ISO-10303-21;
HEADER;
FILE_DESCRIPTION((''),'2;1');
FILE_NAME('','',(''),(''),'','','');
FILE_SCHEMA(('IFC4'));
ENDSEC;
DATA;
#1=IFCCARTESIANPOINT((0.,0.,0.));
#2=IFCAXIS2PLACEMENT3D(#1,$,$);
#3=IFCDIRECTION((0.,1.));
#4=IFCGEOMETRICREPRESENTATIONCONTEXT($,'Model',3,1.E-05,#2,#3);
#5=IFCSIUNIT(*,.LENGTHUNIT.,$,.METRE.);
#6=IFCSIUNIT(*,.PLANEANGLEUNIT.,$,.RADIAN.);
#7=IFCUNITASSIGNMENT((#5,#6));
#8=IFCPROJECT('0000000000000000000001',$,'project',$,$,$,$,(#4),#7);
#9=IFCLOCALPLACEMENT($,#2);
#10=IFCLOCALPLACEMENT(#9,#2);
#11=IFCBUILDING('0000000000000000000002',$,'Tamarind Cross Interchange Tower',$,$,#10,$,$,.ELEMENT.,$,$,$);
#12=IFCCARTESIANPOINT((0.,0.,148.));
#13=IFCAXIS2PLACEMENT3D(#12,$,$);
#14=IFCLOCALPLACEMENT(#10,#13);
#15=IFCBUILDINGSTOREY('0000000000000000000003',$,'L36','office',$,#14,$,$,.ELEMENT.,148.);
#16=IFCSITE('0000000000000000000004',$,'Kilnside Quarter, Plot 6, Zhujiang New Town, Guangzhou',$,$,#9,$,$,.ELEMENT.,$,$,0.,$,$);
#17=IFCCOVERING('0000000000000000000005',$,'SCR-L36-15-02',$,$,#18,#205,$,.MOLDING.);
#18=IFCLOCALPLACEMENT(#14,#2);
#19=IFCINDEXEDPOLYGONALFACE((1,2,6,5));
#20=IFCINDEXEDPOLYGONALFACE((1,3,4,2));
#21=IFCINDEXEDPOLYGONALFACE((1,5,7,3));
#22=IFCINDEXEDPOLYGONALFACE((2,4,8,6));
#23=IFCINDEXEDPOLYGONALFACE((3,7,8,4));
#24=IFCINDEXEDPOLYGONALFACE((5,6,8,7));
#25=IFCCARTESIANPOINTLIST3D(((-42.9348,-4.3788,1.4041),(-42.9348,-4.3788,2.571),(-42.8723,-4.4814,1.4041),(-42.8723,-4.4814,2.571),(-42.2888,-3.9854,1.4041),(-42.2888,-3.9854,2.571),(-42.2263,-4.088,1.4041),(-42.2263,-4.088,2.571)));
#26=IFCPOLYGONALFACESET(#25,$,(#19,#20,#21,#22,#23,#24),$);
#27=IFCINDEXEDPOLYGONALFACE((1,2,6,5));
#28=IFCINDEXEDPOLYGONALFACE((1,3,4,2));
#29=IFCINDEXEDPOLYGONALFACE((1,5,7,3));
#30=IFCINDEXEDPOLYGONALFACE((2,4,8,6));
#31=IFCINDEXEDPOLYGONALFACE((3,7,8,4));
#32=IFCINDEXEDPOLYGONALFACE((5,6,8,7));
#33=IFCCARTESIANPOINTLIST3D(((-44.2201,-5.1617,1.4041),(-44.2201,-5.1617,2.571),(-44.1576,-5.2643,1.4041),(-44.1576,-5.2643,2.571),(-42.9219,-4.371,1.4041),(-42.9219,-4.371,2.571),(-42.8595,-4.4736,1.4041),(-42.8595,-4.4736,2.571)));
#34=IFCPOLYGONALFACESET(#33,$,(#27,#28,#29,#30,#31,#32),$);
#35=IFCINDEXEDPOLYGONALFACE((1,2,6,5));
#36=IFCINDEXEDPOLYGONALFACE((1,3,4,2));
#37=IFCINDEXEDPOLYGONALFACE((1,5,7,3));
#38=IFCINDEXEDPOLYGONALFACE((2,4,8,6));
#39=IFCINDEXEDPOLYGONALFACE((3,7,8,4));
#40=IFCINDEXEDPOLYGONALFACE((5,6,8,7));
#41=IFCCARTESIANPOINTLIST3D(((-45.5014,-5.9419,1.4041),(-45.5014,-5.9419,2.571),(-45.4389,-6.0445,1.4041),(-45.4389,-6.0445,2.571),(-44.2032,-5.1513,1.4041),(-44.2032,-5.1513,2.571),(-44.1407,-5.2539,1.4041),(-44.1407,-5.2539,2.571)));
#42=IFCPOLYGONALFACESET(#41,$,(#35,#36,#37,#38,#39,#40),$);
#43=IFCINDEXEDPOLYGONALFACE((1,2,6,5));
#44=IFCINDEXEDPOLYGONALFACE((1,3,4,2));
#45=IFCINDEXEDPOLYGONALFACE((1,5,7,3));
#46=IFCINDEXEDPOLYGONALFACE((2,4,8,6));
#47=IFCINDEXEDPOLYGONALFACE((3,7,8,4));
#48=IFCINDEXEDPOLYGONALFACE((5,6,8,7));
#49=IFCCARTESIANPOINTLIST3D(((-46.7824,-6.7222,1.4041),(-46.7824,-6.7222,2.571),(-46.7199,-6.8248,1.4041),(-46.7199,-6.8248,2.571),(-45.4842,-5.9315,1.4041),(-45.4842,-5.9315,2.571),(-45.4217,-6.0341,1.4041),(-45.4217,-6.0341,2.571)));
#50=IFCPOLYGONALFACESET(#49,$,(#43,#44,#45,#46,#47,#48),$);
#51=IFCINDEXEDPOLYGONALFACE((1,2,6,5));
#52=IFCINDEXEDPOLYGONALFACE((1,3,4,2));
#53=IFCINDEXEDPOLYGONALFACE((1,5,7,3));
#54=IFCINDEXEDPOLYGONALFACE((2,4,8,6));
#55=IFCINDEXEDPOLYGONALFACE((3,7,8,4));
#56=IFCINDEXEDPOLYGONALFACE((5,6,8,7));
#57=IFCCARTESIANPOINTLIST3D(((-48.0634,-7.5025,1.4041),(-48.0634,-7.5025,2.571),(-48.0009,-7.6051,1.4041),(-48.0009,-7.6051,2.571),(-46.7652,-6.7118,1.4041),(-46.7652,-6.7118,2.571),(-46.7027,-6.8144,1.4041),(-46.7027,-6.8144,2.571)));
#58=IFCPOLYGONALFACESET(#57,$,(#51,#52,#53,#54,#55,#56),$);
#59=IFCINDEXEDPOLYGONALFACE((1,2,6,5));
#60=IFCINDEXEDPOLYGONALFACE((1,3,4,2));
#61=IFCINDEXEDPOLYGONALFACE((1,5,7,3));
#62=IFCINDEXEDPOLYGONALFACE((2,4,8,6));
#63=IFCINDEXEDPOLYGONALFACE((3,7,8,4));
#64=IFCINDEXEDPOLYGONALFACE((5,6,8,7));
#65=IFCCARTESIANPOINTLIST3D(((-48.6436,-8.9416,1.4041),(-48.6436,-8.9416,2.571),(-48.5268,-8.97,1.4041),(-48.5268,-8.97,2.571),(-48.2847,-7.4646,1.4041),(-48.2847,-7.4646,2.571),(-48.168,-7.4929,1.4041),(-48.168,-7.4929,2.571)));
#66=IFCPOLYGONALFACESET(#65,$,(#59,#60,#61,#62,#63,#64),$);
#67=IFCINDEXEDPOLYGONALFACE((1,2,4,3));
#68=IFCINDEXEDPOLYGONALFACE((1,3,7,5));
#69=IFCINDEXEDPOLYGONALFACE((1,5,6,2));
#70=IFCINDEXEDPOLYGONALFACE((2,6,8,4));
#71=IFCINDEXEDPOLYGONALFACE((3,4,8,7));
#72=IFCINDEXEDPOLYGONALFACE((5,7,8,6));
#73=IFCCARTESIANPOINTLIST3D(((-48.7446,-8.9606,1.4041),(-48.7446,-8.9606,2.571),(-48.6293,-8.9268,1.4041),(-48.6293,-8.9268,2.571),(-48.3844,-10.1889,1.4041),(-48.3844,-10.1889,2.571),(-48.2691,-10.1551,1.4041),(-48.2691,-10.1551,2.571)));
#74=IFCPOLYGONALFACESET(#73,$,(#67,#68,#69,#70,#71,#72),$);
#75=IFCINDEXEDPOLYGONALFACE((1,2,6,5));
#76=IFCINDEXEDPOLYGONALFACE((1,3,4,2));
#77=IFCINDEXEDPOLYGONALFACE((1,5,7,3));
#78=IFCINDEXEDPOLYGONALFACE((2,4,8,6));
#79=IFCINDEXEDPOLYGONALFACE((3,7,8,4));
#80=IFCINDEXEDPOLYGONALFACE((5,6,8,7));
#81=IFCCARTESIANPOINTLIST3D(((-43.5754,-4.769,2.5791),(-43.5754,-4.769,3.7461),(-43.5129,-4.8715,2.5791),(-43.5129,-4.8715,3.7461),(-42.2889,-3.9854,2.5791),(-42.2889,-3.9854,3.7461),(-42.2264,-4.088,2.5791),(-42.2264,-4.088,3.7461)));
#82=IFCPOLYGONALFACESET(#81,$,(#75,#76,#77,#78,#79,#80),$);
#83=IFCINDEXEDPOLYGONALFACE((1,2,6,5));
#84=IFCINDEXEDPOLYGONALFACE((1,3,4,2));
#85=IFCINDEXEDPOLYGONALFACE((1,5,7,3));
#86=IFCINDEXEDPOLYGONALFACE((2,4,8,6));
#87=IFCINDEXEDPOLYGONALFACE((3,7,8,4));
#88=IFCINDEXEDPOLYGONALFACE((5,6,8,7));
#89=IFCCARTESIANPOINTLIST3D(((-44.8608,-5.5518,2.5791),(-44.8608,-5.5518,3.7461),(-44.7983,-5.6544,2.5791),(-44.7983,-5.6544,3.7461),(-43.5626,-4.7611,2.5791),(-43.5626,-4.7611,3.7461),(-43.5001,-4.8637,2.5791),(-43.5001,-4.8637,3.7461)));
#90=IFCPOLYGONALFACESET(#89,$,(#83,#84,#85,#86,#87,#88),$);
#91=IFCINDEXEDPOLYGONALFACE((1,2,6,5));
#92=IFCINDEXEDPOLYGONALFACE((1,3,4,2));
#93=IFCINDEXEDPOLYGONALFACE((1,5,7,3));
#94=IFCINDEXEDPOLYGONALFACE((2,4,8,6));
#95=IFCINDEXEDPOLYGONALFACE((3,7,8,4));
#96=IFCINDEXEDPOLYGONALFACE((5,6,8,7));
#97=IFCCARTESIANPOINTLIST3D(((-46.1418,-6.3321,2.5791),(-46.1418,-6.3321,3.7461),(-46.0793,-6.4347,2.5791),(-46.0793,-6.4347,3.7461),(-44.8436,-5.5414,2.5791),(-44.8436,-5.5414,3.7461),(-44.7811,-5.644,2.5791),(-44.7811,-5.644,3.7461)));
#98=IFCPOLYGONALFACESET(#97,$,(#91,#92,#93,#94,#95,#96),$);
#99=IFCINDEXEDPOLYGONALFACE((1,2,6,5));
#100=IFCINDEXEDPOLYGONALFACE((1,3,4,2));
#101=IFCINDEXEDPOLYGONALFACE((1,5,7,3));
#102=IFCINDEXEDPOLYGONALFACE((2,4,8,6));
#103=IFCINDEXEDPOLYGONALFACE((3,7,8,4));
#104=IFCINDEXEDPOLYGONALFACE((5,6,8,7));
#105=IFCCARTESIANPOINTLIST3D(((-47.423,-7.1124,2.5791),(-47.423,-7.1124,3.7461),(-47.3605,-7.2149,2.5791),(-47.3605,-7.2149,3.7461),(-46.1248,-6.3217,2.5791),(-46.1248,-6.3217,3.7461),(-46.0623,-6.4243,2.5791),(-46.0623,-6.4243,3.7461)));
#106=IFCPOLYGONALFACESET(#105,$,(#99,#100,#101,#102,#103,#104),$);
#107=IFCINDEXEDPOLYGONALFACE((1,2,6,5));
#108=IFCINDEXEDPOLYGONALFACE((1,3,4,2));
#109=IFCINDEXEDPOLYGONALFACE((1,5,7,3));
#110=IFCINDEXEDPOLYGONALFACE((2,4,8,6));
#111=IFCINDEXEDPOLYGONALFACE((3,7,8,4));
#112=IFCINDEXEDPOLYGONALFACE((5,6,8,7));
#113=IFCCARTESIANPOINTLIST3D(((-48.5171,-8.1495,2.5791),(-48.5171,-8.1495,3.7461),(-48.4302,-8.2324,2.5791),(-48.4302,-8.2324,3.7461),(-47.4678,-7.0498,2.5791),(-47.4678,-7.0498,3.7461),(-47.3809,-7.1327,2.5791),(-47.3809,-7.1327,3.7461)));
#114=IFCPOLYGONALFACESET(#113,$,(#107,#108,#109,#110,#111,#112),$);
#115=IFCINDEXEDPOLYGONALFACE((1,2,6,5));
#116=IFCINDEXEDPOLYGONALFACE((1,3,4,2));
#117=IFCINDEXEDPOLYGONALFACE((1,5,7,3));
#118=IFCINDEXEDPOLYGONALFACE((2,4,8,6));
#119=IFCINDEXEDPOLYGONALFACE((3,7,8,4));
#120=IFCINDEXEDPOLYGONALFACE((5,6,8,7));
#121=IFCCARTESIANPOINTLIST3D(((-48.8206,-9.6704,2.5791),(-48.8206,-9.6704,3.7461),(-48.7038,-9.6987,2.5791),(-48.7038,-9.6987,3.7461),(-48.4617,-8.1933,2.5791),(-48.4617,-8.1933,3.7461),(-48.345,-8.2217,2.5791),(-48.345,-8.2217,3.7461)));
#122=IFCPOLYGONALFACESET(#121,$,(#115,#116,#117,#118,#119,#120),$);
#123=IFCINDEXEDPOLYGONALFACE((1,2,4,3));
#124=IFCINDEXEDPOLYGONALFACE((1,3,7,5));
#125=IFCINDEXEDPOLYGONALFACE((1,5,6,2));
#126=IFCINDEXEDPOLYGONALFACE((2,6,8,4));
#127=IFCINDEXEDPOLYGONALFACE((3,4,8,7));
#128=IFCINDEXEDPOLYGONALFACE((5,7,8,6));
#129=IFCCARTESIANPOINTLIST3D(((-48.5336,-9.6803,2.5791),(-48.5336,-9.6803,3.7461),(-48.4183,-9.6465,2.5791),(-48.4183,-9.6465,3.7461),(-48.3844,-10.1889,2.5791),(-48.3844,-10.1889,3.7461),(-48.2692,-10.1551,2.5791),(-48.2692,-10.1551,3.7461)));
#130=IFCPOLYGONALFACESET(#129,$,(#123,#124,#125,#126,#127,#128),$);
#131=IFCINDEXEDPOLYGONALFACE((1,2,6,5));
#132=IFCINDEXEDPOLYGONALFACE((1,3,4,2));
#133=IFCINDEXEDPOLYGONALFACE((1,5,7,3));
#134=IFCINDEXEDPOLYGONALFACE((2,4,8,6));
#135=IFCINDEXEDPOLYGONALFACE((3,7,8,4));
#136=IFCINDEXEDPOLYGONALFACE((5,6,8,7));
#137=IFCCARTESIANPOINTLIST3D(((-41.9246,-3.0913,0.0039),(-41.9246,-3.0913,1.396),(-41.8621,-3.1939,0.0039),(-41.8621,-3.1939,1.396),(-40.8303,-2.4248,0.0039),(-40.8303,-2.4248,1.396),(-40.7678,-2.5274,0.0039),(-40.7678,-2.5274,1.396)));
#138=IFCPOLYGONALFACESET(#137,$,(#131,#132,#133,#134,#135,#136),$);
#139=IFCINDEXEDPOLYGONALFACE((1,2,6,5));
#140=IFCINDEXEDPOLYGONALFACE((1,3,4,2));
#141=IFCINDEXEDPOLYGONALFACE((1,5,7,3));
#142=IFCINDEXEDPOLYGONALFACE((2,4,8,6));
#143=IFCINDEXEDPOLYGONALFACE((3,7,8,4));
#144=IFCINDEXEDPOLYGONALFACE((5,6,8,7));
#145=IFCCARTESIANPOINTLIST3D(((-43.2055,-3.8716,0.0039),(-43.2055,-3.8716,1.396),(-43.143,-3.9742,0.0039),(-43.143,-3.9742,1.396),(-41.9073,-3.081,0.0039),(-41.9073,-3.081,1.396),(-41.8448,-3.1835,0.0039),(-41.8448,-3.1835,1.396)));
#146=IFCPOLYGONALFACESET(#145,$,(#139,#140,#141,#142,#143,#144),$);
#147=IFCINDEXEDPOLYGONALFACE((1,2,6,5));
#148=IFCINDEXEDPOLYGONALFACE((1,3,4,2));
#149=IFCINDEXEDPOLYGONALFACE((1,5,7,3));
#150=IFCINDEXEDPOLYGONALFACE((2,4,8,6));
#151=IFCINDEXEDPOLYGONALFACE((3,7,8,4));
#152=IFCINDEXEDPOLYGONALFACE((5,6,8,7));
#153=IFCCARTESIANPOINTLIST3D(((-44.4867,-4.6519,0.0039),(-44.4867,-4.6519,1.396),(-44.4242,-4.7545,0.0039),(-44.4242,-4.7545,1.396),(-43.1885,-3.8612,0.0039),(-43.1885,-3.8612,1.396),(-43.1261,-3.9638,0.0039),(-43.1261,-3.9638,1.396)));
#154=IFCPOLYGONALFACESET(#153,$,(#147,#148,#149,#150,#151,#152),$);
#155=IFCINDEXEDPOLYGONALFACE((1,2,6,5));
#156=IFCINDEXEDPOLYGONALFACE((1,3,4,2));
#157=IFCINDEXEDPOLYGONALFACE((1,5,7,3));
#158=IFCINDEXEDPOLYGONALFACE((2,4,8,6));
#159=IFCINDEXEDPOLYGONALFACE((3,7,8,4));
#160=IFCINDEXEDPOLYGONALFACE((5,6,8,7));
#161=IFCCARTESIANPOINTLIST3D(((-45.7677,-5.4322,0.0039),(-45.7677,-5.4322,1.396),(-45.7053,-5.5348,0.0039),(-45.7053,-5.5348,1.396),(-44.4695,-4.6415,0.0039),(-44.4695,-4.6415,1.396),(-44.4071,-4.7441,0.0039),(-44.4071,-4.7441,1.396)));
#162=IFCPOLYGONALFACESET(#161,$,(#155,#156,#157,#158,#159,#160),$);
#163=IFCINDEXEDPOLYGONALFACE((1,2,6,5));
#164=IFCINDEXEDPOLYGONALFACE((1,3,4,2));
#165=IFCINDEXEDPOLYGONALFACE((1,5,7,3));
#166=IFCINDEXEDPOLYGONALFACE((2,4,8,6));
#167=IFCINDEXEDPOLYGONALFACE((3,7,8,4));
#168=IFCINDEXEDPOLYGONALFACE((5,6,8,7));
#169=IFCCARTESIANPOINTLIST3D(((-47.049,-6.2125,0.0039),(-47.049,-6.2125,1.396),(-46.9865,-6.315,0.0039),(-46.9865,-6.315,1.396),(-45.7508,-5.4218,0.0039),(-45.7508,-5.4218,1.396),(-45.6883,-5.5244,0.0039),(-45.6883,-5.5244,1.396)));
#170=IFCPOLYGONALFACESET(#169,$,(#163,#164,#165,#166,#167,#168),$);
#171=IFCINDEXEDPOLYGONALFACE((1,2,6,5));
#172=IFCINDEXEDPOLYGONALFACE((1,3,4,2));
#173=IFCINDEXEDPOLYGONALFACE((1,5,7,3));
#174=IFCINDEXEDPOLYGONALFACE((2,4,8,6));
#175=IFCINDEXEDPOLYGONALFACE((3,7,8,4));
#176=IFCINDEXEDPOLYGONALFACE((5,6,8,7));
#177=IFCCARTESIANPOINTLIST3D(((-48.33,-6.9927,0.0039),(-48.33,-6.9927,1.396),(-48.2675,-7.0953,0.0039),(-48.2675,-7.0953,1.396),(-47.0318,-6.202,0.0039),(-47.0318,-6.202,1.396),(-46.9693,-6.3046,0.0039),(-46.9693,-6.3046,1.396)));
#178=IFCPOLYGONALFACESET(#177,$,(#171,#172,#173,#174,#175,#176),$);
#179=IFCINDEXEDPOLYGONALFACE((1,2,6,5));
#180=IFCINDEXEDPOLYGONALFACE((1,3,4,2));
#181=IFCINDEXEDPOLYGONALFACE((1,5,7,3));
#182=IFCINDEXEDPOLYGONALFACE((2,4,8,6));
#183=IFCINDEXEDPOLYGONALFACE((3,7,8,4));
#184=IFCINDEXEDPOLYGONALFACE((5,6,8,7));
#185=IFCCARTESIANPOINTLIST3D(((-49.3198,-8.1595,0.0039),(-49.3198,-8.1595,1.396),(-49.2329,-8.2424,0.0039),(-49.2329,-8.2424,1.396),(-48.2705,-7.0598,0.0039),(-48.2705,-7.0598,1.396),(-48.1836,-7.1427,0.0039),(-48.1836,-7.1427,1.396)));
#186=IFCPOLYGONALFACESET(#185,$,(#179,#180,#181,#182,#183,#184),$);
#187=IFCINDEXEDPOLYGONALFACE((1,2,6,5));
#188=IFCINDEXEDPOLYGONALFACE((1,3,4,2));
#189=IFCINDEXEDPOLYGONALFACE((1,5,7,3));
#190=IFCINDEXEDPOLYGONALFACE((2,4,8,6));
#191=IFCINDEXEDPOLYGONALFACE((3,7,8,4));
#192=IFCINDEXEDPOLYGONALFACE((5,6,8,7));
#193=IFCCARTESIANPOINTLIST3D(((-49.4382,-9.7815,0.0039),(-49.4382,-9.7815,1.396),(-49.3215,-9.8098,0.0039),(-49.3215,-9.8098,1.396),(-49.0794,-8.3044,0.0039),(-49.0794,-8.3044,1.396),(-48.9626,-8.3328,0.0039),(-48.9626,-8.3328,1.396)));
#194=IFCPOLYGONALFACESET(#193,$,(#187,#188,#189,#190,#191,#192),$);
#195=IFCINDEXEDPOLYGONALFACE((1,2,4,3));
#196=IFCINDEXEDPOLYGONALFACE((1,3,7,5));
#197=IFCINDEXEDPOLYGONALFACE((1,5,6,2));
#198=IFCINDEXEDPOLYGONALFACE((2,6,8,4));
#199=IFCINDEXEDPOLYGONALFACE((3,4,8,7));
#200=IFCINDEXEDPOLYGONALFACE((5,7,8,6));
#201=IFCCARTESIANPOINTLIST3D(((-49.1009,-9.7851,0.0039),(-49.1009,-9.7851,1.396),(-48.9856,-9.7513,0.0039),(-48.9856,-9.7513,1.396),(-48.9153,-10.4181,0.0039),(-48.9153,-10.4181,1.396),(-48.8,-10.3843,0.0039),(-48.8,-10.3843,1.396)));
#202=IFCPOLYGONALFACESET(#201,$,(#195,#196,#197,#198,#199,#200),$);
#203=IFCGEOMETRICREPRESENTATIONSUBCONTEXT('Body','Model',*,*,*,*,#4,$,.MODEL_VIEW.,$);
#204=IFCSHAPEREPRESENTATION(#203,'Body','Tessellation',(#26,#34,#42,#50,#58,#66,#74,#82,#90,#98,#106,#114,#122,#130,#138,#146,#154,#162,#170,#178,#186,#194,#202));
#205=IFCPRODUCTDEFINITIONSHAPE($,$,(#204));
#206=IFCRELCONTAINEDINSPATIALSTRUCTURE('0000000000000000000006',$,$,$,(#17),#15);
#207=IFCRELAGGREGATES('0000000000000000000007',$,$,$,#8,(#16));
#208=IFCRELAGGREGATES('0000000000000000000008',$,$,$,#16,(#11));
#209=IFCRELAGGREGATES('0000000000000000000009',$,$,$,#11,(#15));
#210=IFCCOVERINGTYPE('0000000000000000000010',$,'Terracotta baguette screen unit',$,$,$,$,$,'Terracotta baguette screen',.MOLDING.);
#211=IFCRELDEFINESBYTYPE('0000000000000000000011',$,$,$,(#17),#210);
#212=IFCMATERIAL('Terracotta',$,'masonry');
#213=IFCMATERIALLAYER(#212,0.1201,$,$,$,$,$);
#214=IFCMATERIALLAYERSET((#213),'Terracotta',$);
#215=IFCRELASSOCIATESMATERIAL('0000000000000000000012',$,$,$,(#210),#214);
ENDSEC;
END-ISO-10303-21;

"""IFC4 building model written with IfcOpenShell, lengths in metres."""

from ifc_helpers import new_model, si_unit, direction, frame, origin, origin_2d, place, context, subcontext, project, spatial, rectangle, extrude, material, layer, layer_set, type_object, element, save


model = new_model("IFC4")

# Units and contexts
model_context = context("Model", 3, precision=1e-05, world=origin(), true_north=direction((0.0, 1.0)))
body_context = subcontext(model_context, "Body", "Model", "MODEL_VIEW")
ifc_project = project(units=[si_unit("LENGTHUNIT", "METRE"), si_unit("PLANEANGLEUNIT", "RADIAN")], contexts=[model_context])

# Site, building, storey
site_placement = place(None, origin())
site = spatial("IfcSite", under=ifc_project, at=site_placement, Name="Kilnside Quarter, Plot 6, Zhujiang New Town, Guangzhou", CompositionType="ELEMENT", RefElevation=0.0)
building_placement = place(site_placement, origin())
building = spatial("IfcBuilding", under=site, at=building_placement, Name="Tamarind Cross Interchange Tower", CompositionType="ELEMENT")
storey_placement = place(building_placement, frame((0.0, 0.0, 148.0)))
storey = spatial("IfcBuildingStorey", under=building, at=storey_placement, Name="L36", Description="office", CompositionType="ELEMENT", Elevation=148.0)

# Covering
ifc_material_1 = material(Name="Terracotta", Category="masonry")
ifc_layer_1 = layer(ifc_material_1, 0.1201)
ifc_layer_set_1 = layer_set([ifc_layer_1], Name="Terracotta")
covering_type = type_object("IfcCoveringType", Name="Terracotta baguette screen unit", ElementType="Terracotta baguette screen", PredefinedType="MOLDING", material=ifc_layer_set_1)
covering_1_placement = place(storey_placement, origin())
element("IfcCovering", 1, at=covering_1_placement, inside=storey, type_object=covering_type, Name="SCR-L36-15-02", PredefinedType="MOLDING", context=body_context, shape_type="SweptSolid", body=[
    extrude(rectangle(XDim=0.7563, YDim=0.1201, at=origin_2d()), frame((-42.5806, -4.2334, 1.4041), z_axis=(0.0, 0.0, 1.0), x_axis=(-0.85406, -0.520175, 0.0)), (0.0, 0.0, 1.0), 1.167),
    extrude(rectangle(XDim=1.52, YDim=0.1201, at=origin_2d()), frame((-43.5398, -4.8176, 1.4041), z_axis=(0.0, 0.0, 1.0), x_axis=(-0.85406, -0.520175, 0.0)), (0.0, 0.0, 1.0), 1.167),
    extrude(rectangle(XDim=1.52, YDim=0.1201, at=origin_2d()), frame((-44.821, -5.5979, 1.4041), z_axis=(0.0, 0.0, 1.0), x_axis=(-0.85406, -0.520175, 0.0)), (0.0, 0.0, 1.0), 1.167),
    extrude(rectangle(XDim=1.52, YDim=0.1201, at=origin_2d()), frame((-46.1021, -6.3782, 1.4041), z_axis=(0.0, 0.0, 1.0), x_axis=(-0.85406, -0.520175, 0.0)), (0.0, 0.0, 1.0), 1.167),
    extrude(rectangle(XDim=1.52, YDim=0.1201, at=origin_2d()), frame((-47.3831, -7.1584, 1.4041), z_axis=(0.0, 0.0, 1.0), x_axis=(-0.85406, -0.520175, 0.0)), (0.0, 0.0, 1.0), 1.167),
    extrude(rectangle(XDim=1.52, YDim=0.1201, at=origin_2d()), frame((-48.4058, -8.2173, 1.4041), z_axis=(0.0, 0.0, 1.0), x_axis=(-0.236092, -0.971731, 0.0)), (0.0, 0.0, 1.0), 1.167),
    extrude(rectangle(XDim=1.28, YDim=0.1201, at=origin_2d()), frame((-48.5068, -9.5579, 1.4041), z_axis=(0.0, 0.0, 1.0), x_axis=(0.281404, -0.959589, 0.0)), (0.0, 0.0, 1.0), 1.167),
    extrude(rectangle(XDim=1.5063, YDim=0.1201, at=origin_2d()), frame((-42.9009, -4.4285, 2.5791), z_axis=(0.0, 0.0, 1.0), x_axis=(-0.85406, -0.520175, 0.0)), (0.0, 0.0, 1.0), 1.167),
    extrude(rectangle(XDim=1.52, YDim=0.1201, at=origin_2d()), frame((-44.1804, -5.2078, 2.5791), z_axis=(0.0, 0.0, 1.0), x_axis=(-0.85406, -0.520175, 0.0)), (0.0, 0.0, 1.0), 1.167),
    extrude(rectangle(XDim=1.52, YDim=0.1201, at=origin_2d()), frame((-45.4614, -5.988, 2.5791), z_axis=(0.0, 0.0, 1.0), x_axis=(-0.85406, -0.520175, 0.0)), (0.0, 0.0, 1.0), 1.167),
    extrude(rectangle(XDim=1.52, YDim=0.1201, at=origin_2d()), frame((-46.7427, -6.7683, 2.5791), z_axis=(0.0, 0.0, 1.0), x_axis=(-0.85406, -0.520175, 0.0)), (0.0, 0.0, 1.0), 1.167),
    extrude(rectangle(XDim=1.52, YDim=0.1201, at=origin_2d()), frame((-47.949, -7.6411, 2.5791), z_axis=(0.0, 0.0, 1.0), x_axis=(-0.690327, -0.723497, 0.0)), (0.0, 0.0, 1.0), 1.167),
    extrude(rectangle(XDim=1.52, YDim=0.1201, at=origin_2d()), frame((-48.5828, -8.946, 2.5791), z_axis=(0.0, 0.0, 1.0), x_axis=(-0.236092, -0.971731, 0.0)), (0.0, 0.0, 1.0), 1.167),
    extrude(rectangle(XDim=0.53, YDim=0.1201, at=origin_2d()), frame((-48.4014, -9.9177, 2.5791), z_axis=(0.0, 0.0, 1.0), x_axis=(0.281404, -0.959589, 0.0)), (0.0, 0.0, 1.0), 1.167),
    extrude(rectangle(XDim=1.2812, YDim=0.1201, at=origin_2d()), frame((-41.3462, -2.8093, 0.0039), z_axis=(0.0, 0.0, 1.0), x_axis=(-0.85406, -0.520175, 0.0)), (0.0, 0.0, 1.0), 1.3921),
    extrude(rectangle(XDim=1.52, YDim=0.1201, at=origin_2d()), frame((-42.5251, -3.5276, 0.0039), z_axis=(0.0, 0.0, 1.0), x_axis=(-0.85406, -0.520175, 0.0)), (0.0, 0.0, 1.0), 1.3921),
    extrude(rectangle(XDim=1.52, YDim=0.1201, at=origin_2d()), frame((-43.8064, -4.3079, 0.0039), z_axis=(0.0, 0.0, 1.0), x_axis=(-0.85406, -0.520175, 0.0)), (0.0, 0.0, 1.0), 1.3921),
    extrude(rectangle(XDim=1.52, YDim=0.1201, at=origin_2d()), frame((-45.0874, -5.0881, 0.0039), z_axis=(0.0, 0.0, 1.0), x_axis=(-0.85406, -0.520175, 0.0)), (0.0, 0.0, 1.0), 1.3921),
    extrude(rectangle(XDim=1.52, YDim=0.1201, at=origin_2d()), frame((-46.3687, -5.8684, 0.0039), z_axis=(0.0, 0.0, 1.0), x_axis=(-0.85406, -0.520175, 0.0)), (0.0, 0.0, 1.0), 1.3921),
    extrude(rectangle(XDim=1.52, YDim=0.1201, at=origin_2d()), frame((-47.6497, -6.6487, 0.0039), z_axis=(0.0, 0.0, 1.0), x_axis=(-0.85406, -0.520175, 0.0)), (0.0, 0.0, 1.0), 1.3921),
    extrude(rectangle(XDim=1.52, YDim=0.1201, at=origin_2d()), frame((-48.7517, -7.6511, 0.0039), z_axis=(0.0, 0.0, 1.0), x_axis=(-0.690327, -0.723497, 0.0)), (0.0, 0.0, 1.0), 1.3921),
    extrude(rectangle(XDim=1.52, YDim=0.1201, at=origin_2d()), frame((-49.2004, -9.0571, 0.0039), z_axis=(0.0, 0.0, 1.0), x_axis=(-0.236092, -0.971731, 0.0)), (0.0, 0.0, 1.0), 1.3921),
    extrude(rectangle(XDim=0.6597, YDim=0.1201, at=origin_2d()), frame((-48.9504, -10.0847, 0.0039), z_axis=(0.0, 0.0, 1.0), x_axis=(0.281404, -0.959589, 0.0)), (0.0, 0.0, 1.0), 1.3921),
])

save(model, "model.ifc")
